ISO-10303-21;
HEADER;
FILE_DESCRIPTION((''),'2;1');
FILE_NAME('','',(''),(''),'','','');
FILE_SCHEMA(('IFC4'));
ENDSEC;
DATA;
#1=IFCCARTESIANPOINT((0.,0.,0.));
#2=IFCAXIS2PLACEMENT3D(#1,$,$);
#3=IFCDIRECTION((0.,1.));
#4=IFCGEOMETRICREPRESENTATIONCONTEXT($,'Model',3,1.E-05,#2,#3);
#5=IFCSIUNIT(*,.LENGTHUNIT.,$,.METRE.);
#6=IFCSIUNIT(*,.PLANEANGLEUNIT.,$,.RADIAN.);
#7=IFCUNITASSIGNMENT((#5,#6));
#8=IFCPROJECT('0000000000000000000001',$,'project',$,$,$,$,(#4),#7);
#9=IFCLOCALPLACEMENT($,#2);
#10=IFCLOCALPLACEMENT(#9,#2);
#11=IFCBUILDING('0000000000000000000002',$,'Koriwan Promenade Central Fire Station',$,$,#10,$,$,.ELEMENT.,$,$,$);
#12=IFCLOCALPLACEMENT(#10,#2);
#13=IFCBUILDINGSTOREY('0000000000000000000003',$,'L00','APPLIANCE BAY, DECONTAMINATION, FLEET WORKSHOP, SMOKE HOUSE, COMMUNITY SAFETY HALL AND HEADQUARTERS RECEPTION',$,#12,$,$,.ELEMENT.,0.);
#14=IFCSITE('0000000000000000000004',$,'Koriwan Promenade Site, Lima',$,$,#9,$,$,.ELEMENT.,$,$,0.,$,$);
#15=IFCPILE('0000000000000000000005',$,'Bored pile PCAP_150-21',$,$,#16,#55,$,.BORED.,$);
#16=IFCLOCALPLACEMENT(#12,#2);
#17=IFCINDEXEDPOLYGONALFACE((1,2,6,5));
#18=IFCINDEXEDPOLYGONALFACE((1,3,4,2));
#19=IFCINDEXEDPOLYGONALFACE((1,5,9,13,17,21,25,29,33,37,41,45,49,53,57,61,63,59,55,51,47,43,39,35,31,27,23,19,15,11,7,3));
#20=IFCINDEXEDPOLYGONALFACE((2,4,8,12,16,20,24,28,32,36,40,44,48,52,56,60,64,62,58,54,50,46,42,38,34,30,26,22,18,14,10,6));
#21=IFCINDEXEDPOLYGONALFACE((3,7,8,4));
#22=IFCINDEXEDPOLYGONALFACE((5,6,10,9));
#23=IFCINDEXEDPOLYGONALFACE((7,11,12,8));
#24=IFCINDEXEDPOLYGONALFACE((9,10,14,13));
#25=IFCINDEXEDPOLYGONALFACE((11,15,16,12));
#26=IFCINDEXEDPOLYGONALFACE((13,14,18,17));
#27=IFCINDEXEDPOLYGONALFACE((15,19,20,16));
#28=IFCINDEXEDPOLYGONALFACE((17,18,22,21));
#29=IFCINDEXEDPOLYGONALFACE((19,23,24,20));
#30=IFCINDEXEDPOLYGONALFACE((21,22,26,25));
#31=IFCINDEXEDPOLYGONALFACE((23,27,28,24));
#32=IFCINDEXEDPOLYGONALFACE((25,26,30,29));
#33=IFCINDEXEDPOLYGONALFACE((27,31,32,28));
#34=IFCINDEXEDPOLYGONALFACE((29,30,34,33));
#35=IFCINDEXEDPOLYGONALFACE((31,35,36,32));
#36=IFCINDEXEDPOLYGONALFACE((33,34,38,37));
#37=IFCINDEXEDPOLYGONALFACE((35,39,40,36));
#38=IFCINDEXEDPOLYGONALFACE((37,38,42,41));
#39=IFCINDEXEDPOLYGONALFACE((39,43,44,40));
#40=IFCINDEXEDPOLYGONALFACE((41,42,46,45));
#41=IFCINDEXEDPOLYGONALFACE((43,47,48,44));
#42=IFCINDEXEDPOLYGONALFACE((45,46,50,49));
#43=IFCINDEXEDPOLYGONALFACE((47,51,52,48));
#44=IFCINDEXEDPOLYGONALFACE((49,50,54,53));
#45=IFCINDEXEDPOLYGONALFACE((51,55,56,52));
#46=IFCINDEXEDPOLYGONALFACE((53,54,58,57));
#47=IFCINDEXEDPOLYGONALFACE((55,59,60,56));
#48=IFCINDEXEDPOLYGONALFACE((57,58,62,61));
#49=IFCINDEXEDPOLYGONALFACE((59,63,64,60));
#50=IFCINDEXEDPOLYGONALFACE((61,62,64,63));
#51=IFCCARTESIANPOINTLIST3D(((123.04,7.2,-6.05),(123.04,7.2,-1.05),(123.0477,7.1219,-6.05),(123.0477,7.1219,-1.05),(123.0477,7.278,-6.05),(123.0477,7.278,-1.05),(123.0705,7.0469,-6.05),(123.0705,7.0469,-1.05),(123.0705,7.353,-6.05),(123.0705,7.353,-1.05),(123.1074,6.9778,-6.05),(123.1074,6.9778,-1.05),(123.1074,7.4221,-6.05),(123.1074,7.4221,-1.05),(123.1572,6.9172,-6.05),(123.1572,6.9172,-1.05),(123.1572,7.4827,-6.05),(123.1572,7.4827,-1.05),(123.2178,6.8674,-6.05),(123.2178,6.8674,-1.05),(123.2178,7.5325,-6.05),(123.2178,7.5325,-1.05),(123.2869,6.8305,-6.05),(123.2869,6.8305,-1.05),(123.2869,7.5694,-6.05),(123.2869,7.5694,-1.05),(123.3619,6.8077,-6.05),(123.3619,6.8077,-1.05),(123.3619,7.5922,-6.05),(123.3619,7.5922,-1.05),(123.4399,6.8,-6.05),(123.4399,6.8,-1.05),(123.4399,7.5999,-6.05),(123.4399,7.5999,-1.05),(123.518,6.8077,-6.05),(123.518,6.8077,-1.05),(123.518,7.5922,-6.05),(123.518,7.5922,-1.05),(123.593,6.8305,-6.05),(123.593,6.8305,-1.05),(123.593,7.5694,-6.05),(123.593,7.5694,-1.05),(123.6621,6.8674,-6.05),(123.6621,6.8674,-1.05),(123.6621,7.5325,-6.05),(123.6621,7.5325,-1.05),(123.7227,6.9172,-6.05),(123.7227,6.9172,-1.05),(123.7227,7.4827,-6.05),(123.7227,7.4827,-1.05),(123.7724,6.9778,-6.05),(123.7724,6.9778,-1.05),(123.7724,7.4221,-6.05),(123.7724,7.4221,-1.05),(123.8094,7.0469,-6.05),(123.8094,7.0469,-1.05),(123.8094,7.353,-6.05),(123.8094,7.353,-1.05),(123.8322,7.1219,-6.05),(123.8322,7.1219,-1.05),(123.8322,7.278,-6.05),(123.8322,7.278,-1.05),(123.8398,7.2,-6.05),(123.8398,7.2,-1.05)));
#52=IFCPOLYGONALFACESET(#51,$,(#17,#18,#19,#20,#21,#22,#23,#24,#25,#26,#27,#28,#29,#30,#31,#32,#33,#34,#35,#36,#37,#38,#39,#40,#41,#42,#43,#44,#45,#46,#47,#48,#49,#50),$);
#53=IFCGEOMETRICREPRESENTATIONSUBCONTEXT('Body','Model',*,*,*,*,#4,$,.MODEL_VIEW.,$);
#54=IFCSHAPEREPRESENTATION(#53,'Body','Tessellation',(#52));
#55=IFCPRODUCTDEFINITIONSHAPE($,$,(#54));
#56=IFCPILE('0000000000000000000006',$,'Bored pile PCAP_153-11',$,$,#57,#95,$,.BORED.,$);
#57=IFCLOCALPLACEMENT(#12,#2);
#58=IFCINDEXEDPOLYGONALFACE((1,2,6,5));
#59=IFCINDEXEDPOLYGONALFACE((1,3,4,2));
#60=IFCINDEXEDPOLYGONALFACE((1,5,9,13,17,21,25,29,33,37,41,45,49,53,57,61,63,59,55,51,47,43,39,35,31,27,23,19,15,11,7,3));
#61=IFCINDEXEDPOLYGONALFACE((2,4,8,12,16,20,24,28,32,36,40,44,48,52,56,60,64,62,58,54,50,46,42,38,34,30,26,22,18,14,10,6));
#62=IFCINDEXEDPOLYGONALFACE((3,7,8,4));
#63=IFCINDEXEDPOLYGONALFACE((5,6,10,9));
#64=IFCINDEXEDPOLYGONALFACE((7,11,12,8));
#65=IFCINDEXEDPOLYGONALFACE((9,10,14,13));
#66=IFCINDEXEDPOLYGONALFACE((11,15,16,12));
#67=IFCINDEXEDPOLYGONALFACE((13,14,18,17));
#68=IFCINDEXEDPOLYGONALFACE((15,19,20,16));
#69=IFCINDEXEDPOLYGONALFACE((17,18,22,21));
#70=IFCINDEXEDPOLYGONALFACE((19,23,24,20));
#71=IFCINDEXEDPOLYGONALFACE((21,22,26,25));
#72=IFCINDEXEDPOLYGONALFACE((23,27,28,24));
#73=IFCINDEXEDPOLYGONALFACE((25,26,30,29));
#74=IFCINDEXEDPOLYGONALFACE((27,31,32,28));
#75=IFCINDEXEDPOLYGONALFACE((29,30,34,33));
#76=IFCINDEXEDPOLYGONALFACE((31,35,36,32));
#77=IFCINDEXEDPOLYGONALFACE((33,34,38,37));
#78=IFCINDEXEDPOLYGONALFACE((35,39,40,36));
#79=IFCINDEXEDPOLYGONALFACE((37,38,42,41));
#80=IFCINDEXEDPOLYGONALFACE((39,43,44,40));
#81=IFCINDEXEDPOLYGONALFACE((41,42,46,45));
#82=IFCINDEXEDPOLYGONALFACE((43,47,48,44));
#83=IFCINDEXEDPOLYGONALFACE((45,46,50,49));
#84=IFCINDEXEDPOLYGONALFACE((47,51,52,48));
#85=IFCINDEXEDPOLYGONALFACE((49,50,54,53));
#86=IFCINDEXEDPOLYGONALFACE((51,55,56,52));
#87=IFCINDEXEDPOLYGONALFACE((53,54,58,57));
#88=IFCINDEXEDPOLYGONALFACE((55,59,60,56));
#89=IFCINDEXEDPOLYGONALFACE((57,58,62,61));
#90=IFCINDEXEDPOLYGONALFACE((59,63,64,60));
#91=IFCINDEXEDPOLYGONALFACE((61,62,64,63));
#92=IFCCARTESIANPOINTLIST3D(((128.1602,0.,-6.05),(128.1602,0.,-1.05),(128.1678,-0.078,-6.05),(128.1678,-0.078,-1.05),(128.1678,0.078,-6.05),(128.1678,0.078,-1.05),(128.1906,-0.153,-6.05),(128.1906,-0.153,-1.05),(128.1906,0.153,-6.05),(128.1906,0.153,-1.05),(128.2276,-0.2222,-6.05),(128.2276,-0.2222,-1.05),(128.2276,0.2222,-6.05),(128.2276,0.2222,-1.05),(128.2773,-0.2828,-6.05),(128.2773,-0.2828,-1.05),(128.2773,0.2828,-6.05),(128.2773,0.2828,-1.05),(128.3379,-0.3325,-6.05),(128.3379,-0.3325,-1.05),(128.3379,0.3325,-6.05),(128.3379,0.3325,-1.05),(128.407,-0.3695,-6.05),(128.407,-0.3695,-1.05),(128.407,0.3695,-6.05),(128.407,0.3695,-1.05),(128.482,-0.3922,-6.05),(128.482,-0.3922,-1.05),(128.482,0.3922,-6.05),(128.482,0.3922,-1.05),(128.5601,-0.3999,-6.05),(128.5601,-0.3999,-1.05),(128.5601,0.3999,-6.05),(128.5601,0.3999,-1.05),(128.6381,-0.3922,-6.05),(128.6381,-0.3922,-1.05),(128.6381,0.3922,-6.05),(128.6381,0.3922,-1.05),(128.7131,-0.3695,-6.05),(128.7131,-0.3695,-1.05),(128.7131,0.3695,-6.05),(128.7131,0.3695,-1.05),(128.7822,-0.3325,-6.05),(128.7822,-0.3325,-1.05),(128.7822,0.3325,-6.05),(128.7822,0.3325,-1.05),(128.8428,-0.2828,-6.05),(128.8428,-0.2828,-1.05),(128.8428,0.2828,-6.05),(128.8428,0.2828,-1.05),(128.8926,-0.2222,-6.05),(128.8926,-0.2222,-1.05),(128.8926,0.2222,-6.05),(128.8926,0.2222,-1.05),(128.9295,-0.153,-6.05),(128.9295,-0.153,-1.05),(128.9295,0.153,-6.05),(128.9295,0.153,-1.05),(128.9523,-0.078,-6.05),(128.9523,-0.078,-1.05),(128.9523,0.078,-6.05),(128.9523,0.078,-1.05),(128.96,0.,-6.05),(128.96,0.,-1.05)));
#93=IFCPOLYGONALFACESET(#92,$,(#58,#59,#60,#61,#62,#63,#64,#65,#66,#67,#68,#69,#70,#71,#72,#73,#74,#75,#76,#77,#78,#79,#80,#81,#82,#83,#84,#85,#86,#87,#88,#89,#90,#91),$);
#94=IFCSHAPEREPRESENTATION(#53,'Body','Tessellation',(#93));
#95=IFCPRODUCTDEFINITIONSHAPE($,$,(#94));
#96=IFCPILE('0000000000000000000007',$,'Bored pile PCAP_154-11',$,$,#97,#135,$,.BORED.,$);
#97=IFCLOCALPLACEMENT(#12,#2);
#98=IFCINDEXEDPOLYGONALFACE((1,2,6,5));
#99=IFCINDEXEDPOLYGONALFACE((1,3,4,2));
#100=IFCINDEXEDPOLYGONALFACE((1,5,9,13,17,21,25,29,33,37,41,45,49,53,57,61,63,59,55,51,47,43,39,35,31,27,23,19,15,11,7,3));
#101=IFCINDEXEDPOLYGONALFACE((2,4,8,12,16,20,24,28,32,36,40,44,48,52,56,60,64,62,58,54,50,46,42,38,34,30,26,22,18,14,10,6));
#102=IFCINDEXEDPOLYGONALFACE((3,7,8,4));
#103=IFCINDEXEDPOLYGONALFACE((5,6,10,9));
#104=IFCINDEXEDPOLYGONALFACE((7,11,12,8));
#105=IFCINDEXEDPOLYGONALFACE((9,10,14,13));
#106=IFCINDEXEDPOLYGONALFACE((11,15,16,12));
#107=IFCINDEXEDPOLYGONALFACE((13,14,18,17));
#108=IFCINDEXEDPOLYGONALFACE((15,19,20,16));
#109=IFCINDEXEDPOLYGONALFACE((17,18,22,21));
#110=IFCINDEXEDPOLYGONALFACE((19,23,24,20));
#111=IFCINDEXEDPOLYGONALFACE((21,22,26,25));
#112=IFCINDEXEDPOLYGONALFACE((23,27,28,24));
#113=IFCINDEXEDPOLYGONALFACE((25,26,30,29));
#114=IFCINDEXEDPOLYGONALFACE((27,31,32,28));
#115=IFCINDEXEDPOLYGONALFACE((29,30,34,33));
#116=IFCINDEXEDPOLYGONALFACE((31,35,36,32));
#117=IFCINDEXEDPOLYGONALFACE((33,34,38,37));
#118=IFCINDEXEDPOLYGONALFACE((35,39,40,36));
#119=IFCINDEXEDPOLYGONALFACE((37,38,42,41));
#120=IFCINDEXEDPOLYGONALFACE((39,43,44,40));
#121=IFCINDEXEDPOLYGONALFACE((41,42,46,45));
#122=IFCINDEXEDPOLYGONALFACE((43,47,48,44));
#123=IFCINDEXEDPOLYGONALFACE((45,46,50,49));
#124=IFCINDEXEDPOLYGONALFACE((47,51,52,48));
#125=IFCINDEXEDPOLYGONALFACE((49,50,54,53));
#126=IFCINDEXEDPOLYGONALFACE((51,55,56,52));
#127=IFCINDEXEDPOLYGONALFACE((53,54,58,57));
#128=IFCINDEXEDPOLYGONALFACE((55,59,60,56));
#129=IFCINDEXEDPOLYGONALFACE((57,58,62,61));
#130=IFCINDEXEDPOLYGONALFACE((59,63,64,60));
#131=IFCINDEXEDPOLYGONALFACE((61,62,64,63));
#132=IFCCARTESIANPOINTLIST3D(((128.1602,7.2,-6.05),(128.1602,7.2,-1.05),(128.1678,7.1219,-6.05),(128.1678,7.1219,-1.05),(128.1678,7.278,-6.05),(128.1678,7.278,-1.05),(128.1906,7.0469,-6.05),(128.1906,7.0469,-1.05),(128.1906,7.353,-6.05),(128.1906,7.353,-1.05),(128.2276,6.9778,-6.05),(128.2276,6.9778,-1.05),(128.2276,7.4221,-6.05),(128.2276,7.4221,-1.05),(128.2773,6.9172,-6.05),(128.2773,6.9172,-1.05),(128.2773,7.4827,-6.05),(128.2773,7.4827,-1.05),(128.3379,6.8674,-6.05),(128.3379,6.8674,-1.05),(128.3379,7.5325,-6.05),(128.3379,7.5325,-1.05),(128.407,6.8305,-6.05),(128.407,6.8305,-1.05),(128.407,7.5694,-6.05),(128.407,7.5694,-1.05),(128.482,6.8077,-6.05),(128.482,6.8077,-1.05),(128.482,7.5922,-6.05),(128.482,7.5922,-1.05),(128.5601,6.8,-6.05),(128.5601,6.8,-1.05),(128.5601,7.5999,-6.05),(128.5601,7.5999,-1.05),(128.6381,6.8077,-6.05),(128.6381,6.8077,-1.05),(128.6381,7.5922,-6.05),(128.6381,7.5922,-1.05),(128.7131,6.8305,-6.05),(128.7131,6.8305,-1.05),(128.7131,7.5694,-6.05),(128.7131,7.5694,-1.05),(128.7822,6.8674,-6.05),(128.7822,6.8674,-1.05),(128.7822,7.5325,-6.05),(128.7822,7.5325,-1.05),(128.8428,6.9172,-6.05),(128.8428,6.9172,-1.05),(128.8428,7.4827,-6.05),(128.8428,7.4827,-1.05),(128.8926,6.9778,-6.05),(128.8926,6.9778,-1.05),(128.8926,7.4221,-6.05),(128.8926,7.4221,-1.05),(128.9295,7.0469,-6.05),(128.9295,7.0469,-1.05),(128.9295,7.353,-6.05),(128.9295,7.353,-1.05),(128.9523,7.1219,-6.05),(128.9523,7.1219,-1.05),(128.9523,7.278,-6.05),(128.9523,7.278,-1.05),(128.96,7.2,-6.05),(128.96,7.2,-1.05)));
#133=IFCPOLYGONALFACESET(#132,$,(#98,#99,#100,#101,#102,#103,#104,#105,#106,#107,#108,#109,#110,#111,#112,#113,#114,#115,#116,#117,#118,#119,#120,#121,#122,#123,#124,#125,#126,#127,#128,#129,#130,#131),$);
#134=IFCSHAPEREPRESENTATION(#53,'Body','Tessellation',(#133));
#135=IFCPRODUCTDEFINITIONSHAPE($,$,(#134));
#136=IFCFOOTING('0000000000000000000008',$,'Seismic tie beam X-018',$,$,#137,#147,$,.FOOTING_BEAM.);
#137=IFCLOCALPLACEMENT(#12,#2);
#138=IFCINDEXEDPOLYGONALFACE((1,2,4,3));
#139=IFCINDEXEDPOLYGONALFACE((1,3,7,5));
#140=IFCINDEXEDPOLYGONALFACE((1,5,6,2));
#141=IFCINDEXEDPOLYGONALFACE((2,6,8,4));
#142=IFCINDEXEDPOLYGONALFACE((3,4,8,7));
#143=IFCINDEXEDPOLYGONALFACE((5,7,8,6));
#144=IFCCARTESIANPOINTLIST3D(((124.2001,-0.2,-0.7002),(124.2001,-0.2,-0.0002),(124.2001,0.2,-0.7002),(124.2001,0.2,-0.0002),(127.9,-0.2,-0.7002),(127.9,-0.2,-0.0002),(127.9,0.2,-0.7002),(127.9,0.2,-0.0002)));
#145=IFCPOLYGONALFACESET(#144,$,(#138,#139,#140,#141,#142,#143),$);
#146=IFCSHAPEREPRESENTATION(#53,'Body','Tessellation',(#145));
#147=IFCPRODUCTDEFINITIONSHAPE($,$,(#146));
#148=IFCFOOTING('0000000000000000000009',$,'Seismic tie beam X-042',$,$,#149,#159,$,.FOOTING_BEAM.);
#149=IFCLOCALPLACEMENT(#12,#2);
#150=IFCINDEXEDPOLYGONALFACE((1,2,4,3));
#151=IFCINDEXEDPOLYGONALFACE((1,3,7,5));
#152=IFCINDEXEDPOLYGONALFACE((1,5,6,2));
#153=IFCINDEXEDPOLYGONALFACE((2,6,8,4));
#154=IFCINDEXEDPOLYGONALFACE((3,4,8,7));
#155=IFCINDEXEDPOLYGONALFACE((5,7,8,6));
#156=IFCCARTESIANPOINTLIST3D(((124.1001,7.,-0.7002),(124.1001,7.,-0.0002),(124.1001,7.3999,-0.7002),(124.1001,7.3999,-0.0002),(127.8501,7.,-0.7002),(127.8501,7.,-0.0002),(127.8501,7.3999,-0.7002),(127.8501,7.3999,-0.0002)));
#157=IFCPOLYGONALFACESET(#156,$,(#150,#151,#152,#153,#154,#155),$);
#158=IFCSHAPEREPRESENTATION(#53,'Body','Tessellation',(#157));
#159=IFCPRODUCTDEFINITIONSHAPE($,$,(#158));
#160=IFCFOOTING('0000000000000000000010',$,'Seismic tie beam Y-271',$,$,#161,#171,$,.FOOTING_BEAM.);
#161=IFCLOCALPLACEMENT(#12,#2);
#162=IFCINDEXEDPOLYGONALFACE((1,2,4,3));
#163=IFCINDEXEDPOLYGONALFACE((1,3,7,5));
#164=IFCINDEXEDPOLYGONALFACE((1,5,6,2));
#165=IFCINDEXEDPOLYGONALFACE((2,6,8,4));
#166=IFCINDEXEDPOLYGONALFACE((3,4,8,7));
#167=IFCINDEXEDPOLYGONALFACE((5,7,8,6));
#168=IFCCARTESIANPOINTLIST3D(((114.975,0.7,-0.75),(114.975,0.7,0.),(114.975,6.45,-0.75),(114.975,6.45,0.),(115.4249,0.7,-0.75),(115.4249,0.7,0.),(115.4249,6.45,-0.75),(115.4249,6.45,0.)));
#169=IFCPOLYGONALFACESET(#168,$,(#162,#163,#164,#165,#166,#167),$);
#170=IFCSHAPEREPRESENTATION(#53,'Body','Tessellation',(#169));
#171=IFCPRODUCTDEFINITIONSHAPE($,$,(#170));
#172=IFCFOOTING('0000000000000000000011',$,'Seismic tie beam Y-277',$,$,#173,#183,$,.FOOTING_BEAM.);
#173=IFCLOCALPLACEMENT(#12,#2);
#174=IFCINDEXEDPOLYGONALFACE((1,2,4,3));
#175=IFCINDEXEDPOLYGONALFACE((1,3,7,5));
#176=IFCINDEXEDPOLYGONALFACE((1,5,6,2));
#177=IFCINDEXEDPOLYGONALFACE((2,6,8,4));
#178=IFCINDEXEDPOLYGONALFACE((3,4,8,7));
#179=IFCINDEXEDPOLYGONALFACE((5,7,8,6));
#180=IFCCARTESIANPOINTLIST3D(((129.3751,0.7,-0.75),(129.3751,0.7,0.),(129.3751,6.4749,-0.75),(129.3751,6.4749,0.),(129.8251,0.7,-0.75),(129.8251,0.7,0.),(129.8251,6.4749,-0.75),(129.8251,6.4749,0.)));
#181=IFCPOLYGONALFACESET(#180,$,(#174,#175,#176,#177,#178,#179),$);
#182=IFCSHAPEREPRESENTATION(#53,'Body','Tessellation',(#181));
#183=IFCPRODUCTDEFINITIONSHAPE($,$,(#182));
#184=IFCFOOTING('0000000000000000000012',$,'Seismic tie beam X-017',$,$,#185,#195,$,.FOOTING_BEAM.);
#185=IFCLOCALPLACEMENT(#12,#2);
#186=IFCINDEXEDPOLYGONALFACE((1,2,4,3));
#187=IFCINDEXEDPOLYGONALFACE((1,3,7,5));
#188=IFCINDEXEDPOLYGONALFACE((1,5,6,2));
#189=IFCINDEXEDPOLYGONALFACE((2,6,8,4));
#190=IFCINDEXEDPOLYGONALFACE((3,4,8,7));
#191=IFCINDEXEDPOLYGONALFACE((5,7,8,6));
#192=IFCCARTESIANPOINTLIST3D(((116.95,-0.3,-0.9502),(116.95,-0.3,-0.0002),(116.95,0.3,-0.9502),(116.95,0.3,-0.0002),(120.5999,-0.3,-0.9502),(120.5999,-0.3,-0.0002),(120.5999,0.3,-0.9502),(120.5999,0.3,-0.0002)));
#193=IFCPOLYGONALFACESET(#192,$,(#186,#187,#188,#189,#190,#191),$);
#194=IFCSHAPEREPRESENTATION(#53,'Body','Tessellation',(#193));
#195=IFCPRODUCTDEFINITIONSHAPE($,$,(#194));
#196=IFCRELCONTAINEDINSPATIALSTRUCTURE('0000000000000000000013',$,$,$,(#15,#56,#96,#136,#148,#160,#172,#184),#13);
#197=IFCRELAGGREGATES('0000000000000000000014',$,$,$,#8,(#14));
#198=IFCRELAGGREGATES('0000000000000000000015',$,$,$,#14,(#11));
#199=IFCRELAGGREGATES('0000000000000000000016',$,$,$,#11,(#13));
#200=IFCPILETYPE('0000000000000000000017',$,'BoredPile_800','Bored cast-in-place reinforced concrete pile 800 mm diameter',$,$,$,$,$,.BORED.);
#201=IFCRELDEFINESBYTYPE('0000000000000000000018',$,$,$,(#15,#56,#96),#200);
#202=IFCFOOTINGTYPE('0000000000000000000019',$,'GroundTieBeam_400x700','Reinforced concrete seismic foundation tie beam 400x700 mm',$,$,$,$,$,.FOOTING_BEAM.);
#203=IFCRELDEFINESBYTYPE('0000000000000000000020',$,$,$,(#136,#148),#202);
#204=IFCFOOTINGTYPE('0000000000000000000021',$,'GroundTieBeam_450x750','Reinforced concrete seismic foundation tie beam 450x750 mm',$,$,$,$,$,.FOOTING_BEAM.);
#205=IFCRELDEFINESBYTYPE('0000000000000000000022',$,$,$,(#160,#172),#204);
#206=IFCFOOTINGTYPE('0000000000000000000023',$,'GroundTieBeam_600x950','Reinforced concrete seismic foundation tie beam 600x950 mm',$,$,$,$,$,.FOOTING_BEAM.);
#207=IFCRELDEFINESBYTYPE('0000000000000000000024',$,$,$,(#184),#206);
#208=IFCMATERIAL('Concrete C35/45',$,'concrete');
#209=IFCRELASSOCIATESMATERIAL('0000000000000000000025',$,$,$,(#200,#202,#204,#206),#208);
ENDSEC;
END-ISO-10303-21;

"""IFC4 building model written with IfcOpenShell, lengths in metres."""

from ifc_helpers import new_model, si_unit, direction, frame, origin, origin_2d, place, context, subcontext, project, spatial, rectangle, circle, extrude, material, material_profile, profile_set, type_object, element, save


model = new_model("IFC4")

# Units and contexts
model_context = context("Model", 3, precision=1e-05, world=origin(), true_north=direction((0.0, 1.0)))
body_context = subcontext(model_context, "Body", "Model", "MODEL_VIEW")
ifc_project = project(units=[si_unit("LENGTHUNIT", "METRE"), si_unit("PLANEANGLEUNIT", "RADIAN")], contexts=[model_context])

# Site, building, storey
site_placement = place(None, origin())
site = spatial("IfcSite", under=ifc_project, at=site_placement, Name="Koriwan Promenade Site, Lima", CompositionType="ELEMENT", RefElevation=0.0)
building_placement = place(site_placement, origin())
building = spatial("IfcBuilding", under=site, at=building_placement, Name="Koriwan Promenade Central Fire Station", CompositionType="ELEMENT")
storey_placement = place(building_placement, origin())
storey = spatial("IfcBuildingStorey", under=building, at=storey_placement, Name="L00", Description="APPLIANCE BAY, DECONTAMINATION, FLEET WORKSHOP, SMOKE HOUSE, COMMUNITY SAFETY HALL AND HEADQUARTERS RECEPTION", CompositionType="ELEMENT", Elevation=0.0)

# Piles
ifc_material_1 = material(Name="Concrete C35/45", Category="concrete")
ifc_material_profile_1 = material_profile(ifc_material_1, circle(Radius=0.3999, at=origin_2d()), Name="PILE-D800")
ifc_profile_set_1 = profile_set([ifc_material_profile_1], Name="Concrete C35/45")
pile_type = type_object("IfcPileType", Name="BoredPile_800", Description="Bored cast-in-place reinforced concrete pile 800 mm diameter", PredefinedType="BORED", material=ifc_profile_set_1)
for number, where, z_axis, x_axis, name in (
    (1, (123.4399, 7.2, -1.05), (0.0, 0.0, -1.0), (1.0, 0.0, 0.0), "Bored pile PCAP_150-21"),
    (2, (128.5601, 0.0, -1.05), (0.0, 0.0, -1.0), (1.0, 0.0, 0.0), "Bored pile PCAP_153-11"),
    (3, (128.5601, 7.2, -1.05), (0.0, 0.0, -1.0), (1.0, 0.0, 0.0), "Bored pile PCAP_154-11"),
):
    element("IfcPile", number, at=place(storey_placement, frame(where, z_axis=z_axis, x_axis=x_axis)), inside=storey, type_object=pile_type, Name=name, PredefinedType="BORED", context=body_context, shape_type="SweptSolid", body=[
        extrude(circle(Radius=0.3999, at=origin_2d()), origin(), (0.0, 0.0, 1.0), 5.0),
    ])

# Footings
footing_type_1 = type_object("IfcFootingType", Name="GroundTieBeam_400x700", Description="Reinforced concrete seismic foundation tie beam 400x700 mm", PredefinedType="FOOTING_BEAM", material=ifc_material_1)
footing_1_placement = place(storey_placement, frame((126.05, 0.0, -0.7002), z_axis=(0.0, 0.0, 1.0), x_axis=(1.0, 0.0, 0.0)))
element("IfcFooting", 4, at=footing_1_placement, inside=storey, type_object=footing_type_1, Name="Seismic tie beam X-018", PredefinedType="FOOTING_BEAM", context=body_context, shape_type="SweptSolid", body=[
    extrude(rectangle(XDim=3.7, YDim=0.3999, at=origin_2d()), origin(), (0.0, 0.0, 1.0), 0.7),
])
footing_2_placement = place(storey_placement, frame((125.9751, 7.2, -0.7002), z_axis=(0.0, 0.0, 1.0), x_axis=(1.0, 0.0, 0.0)))
element("IfcFooting", 5, at=footing_2_placement, inside=storey, type_object=footing_type_1, Name="Seismic tie beam X-042", PredefinedType="FOOTING_BEAM", context=body_context, shape_type="SweptSolid", body=[
    extrude(rectangle(XDim=3.75, YDim=0.3999, at=origin_2d()), origin(), (0.0, 0.0, 1.0), 0.7),
])
footing_type_2 = type_object("IfcFootingType", Name="GroundTieBeam_450x750", Description="Reinforced concrete seismic foundation tie beam 450x750 mm", PredefinedType="FOOTING_BEAM", material=ifc_material_1)
footing_3_placement = place(storey_placement, frame((115.2, 3.575, -0.75), z_axis=(0.0, 0.0, 1.0), x_axis=(0.0, 1.0, 0.0)))
element("IfcFooting", 6, at=footing_3_placement, inside=storey, type_object=footing_type_2, Name="Seismic tie beam Y-271", PredefinedType="FOOTING_BEAM", context=body_context, shape_type="SweptSolid", body=[
    extrude(rectangle(XDim=5.75, YDim=0.45, at=origin_2d()), origin(), (0.0, 0.0, 1.0), 0.75),
])
footing_4_placement = place(storey_placement, frame((129.6001, 3.5874, -0.75), z_axis=(0.0, 0.0, 1.0), x_axis=(0.0, 1.0, 0.0)))
element("IfcFooting", 7, at=footing_4_placement, inside=storey, type_object=footing_type_2, Name="Seismic tie beam Y-277", PredefinedType="FOOTING_BEAM", context=body_context, shape_type="SweptSolid", body=[
    extrude(rectangle(XDim=5.7749, YDim=0.45, at=origin_2d()), origin(), (0.0, 0.0, 1.0), 0.75),
])
footing_type_3 = type_object("IfcFootingType", Name="GroundTieBeam_600x950", Description="Reinforced concrete seismic foundation tie beam 600x950 mm", PredefinedType="FOOTING_BEAM", material=ifc_material_1)
footing_5_placement = place(storey_placement, frame((118.7749, 0.0, -0.9502), z_axis=(0.0, 0.0, 1.0), x_axis=(1.0, 0.0, 0.0)))
element("IfcFooting", 8, at=footing_5_placement, inside=storey, type_object=footing_type_3, Name="Seismic tie beam X-017", PredefinedType="FOOTING_BEAM", context=body_context, shape_type="SweptSolid", body=[
    extrude(rectangle(XDim=3.6499, YDim=0.6001, at=origin_2d()), origin(), (0.0, 0.0, 1.0), 0.95),
])

save(model, "model.ifc")
